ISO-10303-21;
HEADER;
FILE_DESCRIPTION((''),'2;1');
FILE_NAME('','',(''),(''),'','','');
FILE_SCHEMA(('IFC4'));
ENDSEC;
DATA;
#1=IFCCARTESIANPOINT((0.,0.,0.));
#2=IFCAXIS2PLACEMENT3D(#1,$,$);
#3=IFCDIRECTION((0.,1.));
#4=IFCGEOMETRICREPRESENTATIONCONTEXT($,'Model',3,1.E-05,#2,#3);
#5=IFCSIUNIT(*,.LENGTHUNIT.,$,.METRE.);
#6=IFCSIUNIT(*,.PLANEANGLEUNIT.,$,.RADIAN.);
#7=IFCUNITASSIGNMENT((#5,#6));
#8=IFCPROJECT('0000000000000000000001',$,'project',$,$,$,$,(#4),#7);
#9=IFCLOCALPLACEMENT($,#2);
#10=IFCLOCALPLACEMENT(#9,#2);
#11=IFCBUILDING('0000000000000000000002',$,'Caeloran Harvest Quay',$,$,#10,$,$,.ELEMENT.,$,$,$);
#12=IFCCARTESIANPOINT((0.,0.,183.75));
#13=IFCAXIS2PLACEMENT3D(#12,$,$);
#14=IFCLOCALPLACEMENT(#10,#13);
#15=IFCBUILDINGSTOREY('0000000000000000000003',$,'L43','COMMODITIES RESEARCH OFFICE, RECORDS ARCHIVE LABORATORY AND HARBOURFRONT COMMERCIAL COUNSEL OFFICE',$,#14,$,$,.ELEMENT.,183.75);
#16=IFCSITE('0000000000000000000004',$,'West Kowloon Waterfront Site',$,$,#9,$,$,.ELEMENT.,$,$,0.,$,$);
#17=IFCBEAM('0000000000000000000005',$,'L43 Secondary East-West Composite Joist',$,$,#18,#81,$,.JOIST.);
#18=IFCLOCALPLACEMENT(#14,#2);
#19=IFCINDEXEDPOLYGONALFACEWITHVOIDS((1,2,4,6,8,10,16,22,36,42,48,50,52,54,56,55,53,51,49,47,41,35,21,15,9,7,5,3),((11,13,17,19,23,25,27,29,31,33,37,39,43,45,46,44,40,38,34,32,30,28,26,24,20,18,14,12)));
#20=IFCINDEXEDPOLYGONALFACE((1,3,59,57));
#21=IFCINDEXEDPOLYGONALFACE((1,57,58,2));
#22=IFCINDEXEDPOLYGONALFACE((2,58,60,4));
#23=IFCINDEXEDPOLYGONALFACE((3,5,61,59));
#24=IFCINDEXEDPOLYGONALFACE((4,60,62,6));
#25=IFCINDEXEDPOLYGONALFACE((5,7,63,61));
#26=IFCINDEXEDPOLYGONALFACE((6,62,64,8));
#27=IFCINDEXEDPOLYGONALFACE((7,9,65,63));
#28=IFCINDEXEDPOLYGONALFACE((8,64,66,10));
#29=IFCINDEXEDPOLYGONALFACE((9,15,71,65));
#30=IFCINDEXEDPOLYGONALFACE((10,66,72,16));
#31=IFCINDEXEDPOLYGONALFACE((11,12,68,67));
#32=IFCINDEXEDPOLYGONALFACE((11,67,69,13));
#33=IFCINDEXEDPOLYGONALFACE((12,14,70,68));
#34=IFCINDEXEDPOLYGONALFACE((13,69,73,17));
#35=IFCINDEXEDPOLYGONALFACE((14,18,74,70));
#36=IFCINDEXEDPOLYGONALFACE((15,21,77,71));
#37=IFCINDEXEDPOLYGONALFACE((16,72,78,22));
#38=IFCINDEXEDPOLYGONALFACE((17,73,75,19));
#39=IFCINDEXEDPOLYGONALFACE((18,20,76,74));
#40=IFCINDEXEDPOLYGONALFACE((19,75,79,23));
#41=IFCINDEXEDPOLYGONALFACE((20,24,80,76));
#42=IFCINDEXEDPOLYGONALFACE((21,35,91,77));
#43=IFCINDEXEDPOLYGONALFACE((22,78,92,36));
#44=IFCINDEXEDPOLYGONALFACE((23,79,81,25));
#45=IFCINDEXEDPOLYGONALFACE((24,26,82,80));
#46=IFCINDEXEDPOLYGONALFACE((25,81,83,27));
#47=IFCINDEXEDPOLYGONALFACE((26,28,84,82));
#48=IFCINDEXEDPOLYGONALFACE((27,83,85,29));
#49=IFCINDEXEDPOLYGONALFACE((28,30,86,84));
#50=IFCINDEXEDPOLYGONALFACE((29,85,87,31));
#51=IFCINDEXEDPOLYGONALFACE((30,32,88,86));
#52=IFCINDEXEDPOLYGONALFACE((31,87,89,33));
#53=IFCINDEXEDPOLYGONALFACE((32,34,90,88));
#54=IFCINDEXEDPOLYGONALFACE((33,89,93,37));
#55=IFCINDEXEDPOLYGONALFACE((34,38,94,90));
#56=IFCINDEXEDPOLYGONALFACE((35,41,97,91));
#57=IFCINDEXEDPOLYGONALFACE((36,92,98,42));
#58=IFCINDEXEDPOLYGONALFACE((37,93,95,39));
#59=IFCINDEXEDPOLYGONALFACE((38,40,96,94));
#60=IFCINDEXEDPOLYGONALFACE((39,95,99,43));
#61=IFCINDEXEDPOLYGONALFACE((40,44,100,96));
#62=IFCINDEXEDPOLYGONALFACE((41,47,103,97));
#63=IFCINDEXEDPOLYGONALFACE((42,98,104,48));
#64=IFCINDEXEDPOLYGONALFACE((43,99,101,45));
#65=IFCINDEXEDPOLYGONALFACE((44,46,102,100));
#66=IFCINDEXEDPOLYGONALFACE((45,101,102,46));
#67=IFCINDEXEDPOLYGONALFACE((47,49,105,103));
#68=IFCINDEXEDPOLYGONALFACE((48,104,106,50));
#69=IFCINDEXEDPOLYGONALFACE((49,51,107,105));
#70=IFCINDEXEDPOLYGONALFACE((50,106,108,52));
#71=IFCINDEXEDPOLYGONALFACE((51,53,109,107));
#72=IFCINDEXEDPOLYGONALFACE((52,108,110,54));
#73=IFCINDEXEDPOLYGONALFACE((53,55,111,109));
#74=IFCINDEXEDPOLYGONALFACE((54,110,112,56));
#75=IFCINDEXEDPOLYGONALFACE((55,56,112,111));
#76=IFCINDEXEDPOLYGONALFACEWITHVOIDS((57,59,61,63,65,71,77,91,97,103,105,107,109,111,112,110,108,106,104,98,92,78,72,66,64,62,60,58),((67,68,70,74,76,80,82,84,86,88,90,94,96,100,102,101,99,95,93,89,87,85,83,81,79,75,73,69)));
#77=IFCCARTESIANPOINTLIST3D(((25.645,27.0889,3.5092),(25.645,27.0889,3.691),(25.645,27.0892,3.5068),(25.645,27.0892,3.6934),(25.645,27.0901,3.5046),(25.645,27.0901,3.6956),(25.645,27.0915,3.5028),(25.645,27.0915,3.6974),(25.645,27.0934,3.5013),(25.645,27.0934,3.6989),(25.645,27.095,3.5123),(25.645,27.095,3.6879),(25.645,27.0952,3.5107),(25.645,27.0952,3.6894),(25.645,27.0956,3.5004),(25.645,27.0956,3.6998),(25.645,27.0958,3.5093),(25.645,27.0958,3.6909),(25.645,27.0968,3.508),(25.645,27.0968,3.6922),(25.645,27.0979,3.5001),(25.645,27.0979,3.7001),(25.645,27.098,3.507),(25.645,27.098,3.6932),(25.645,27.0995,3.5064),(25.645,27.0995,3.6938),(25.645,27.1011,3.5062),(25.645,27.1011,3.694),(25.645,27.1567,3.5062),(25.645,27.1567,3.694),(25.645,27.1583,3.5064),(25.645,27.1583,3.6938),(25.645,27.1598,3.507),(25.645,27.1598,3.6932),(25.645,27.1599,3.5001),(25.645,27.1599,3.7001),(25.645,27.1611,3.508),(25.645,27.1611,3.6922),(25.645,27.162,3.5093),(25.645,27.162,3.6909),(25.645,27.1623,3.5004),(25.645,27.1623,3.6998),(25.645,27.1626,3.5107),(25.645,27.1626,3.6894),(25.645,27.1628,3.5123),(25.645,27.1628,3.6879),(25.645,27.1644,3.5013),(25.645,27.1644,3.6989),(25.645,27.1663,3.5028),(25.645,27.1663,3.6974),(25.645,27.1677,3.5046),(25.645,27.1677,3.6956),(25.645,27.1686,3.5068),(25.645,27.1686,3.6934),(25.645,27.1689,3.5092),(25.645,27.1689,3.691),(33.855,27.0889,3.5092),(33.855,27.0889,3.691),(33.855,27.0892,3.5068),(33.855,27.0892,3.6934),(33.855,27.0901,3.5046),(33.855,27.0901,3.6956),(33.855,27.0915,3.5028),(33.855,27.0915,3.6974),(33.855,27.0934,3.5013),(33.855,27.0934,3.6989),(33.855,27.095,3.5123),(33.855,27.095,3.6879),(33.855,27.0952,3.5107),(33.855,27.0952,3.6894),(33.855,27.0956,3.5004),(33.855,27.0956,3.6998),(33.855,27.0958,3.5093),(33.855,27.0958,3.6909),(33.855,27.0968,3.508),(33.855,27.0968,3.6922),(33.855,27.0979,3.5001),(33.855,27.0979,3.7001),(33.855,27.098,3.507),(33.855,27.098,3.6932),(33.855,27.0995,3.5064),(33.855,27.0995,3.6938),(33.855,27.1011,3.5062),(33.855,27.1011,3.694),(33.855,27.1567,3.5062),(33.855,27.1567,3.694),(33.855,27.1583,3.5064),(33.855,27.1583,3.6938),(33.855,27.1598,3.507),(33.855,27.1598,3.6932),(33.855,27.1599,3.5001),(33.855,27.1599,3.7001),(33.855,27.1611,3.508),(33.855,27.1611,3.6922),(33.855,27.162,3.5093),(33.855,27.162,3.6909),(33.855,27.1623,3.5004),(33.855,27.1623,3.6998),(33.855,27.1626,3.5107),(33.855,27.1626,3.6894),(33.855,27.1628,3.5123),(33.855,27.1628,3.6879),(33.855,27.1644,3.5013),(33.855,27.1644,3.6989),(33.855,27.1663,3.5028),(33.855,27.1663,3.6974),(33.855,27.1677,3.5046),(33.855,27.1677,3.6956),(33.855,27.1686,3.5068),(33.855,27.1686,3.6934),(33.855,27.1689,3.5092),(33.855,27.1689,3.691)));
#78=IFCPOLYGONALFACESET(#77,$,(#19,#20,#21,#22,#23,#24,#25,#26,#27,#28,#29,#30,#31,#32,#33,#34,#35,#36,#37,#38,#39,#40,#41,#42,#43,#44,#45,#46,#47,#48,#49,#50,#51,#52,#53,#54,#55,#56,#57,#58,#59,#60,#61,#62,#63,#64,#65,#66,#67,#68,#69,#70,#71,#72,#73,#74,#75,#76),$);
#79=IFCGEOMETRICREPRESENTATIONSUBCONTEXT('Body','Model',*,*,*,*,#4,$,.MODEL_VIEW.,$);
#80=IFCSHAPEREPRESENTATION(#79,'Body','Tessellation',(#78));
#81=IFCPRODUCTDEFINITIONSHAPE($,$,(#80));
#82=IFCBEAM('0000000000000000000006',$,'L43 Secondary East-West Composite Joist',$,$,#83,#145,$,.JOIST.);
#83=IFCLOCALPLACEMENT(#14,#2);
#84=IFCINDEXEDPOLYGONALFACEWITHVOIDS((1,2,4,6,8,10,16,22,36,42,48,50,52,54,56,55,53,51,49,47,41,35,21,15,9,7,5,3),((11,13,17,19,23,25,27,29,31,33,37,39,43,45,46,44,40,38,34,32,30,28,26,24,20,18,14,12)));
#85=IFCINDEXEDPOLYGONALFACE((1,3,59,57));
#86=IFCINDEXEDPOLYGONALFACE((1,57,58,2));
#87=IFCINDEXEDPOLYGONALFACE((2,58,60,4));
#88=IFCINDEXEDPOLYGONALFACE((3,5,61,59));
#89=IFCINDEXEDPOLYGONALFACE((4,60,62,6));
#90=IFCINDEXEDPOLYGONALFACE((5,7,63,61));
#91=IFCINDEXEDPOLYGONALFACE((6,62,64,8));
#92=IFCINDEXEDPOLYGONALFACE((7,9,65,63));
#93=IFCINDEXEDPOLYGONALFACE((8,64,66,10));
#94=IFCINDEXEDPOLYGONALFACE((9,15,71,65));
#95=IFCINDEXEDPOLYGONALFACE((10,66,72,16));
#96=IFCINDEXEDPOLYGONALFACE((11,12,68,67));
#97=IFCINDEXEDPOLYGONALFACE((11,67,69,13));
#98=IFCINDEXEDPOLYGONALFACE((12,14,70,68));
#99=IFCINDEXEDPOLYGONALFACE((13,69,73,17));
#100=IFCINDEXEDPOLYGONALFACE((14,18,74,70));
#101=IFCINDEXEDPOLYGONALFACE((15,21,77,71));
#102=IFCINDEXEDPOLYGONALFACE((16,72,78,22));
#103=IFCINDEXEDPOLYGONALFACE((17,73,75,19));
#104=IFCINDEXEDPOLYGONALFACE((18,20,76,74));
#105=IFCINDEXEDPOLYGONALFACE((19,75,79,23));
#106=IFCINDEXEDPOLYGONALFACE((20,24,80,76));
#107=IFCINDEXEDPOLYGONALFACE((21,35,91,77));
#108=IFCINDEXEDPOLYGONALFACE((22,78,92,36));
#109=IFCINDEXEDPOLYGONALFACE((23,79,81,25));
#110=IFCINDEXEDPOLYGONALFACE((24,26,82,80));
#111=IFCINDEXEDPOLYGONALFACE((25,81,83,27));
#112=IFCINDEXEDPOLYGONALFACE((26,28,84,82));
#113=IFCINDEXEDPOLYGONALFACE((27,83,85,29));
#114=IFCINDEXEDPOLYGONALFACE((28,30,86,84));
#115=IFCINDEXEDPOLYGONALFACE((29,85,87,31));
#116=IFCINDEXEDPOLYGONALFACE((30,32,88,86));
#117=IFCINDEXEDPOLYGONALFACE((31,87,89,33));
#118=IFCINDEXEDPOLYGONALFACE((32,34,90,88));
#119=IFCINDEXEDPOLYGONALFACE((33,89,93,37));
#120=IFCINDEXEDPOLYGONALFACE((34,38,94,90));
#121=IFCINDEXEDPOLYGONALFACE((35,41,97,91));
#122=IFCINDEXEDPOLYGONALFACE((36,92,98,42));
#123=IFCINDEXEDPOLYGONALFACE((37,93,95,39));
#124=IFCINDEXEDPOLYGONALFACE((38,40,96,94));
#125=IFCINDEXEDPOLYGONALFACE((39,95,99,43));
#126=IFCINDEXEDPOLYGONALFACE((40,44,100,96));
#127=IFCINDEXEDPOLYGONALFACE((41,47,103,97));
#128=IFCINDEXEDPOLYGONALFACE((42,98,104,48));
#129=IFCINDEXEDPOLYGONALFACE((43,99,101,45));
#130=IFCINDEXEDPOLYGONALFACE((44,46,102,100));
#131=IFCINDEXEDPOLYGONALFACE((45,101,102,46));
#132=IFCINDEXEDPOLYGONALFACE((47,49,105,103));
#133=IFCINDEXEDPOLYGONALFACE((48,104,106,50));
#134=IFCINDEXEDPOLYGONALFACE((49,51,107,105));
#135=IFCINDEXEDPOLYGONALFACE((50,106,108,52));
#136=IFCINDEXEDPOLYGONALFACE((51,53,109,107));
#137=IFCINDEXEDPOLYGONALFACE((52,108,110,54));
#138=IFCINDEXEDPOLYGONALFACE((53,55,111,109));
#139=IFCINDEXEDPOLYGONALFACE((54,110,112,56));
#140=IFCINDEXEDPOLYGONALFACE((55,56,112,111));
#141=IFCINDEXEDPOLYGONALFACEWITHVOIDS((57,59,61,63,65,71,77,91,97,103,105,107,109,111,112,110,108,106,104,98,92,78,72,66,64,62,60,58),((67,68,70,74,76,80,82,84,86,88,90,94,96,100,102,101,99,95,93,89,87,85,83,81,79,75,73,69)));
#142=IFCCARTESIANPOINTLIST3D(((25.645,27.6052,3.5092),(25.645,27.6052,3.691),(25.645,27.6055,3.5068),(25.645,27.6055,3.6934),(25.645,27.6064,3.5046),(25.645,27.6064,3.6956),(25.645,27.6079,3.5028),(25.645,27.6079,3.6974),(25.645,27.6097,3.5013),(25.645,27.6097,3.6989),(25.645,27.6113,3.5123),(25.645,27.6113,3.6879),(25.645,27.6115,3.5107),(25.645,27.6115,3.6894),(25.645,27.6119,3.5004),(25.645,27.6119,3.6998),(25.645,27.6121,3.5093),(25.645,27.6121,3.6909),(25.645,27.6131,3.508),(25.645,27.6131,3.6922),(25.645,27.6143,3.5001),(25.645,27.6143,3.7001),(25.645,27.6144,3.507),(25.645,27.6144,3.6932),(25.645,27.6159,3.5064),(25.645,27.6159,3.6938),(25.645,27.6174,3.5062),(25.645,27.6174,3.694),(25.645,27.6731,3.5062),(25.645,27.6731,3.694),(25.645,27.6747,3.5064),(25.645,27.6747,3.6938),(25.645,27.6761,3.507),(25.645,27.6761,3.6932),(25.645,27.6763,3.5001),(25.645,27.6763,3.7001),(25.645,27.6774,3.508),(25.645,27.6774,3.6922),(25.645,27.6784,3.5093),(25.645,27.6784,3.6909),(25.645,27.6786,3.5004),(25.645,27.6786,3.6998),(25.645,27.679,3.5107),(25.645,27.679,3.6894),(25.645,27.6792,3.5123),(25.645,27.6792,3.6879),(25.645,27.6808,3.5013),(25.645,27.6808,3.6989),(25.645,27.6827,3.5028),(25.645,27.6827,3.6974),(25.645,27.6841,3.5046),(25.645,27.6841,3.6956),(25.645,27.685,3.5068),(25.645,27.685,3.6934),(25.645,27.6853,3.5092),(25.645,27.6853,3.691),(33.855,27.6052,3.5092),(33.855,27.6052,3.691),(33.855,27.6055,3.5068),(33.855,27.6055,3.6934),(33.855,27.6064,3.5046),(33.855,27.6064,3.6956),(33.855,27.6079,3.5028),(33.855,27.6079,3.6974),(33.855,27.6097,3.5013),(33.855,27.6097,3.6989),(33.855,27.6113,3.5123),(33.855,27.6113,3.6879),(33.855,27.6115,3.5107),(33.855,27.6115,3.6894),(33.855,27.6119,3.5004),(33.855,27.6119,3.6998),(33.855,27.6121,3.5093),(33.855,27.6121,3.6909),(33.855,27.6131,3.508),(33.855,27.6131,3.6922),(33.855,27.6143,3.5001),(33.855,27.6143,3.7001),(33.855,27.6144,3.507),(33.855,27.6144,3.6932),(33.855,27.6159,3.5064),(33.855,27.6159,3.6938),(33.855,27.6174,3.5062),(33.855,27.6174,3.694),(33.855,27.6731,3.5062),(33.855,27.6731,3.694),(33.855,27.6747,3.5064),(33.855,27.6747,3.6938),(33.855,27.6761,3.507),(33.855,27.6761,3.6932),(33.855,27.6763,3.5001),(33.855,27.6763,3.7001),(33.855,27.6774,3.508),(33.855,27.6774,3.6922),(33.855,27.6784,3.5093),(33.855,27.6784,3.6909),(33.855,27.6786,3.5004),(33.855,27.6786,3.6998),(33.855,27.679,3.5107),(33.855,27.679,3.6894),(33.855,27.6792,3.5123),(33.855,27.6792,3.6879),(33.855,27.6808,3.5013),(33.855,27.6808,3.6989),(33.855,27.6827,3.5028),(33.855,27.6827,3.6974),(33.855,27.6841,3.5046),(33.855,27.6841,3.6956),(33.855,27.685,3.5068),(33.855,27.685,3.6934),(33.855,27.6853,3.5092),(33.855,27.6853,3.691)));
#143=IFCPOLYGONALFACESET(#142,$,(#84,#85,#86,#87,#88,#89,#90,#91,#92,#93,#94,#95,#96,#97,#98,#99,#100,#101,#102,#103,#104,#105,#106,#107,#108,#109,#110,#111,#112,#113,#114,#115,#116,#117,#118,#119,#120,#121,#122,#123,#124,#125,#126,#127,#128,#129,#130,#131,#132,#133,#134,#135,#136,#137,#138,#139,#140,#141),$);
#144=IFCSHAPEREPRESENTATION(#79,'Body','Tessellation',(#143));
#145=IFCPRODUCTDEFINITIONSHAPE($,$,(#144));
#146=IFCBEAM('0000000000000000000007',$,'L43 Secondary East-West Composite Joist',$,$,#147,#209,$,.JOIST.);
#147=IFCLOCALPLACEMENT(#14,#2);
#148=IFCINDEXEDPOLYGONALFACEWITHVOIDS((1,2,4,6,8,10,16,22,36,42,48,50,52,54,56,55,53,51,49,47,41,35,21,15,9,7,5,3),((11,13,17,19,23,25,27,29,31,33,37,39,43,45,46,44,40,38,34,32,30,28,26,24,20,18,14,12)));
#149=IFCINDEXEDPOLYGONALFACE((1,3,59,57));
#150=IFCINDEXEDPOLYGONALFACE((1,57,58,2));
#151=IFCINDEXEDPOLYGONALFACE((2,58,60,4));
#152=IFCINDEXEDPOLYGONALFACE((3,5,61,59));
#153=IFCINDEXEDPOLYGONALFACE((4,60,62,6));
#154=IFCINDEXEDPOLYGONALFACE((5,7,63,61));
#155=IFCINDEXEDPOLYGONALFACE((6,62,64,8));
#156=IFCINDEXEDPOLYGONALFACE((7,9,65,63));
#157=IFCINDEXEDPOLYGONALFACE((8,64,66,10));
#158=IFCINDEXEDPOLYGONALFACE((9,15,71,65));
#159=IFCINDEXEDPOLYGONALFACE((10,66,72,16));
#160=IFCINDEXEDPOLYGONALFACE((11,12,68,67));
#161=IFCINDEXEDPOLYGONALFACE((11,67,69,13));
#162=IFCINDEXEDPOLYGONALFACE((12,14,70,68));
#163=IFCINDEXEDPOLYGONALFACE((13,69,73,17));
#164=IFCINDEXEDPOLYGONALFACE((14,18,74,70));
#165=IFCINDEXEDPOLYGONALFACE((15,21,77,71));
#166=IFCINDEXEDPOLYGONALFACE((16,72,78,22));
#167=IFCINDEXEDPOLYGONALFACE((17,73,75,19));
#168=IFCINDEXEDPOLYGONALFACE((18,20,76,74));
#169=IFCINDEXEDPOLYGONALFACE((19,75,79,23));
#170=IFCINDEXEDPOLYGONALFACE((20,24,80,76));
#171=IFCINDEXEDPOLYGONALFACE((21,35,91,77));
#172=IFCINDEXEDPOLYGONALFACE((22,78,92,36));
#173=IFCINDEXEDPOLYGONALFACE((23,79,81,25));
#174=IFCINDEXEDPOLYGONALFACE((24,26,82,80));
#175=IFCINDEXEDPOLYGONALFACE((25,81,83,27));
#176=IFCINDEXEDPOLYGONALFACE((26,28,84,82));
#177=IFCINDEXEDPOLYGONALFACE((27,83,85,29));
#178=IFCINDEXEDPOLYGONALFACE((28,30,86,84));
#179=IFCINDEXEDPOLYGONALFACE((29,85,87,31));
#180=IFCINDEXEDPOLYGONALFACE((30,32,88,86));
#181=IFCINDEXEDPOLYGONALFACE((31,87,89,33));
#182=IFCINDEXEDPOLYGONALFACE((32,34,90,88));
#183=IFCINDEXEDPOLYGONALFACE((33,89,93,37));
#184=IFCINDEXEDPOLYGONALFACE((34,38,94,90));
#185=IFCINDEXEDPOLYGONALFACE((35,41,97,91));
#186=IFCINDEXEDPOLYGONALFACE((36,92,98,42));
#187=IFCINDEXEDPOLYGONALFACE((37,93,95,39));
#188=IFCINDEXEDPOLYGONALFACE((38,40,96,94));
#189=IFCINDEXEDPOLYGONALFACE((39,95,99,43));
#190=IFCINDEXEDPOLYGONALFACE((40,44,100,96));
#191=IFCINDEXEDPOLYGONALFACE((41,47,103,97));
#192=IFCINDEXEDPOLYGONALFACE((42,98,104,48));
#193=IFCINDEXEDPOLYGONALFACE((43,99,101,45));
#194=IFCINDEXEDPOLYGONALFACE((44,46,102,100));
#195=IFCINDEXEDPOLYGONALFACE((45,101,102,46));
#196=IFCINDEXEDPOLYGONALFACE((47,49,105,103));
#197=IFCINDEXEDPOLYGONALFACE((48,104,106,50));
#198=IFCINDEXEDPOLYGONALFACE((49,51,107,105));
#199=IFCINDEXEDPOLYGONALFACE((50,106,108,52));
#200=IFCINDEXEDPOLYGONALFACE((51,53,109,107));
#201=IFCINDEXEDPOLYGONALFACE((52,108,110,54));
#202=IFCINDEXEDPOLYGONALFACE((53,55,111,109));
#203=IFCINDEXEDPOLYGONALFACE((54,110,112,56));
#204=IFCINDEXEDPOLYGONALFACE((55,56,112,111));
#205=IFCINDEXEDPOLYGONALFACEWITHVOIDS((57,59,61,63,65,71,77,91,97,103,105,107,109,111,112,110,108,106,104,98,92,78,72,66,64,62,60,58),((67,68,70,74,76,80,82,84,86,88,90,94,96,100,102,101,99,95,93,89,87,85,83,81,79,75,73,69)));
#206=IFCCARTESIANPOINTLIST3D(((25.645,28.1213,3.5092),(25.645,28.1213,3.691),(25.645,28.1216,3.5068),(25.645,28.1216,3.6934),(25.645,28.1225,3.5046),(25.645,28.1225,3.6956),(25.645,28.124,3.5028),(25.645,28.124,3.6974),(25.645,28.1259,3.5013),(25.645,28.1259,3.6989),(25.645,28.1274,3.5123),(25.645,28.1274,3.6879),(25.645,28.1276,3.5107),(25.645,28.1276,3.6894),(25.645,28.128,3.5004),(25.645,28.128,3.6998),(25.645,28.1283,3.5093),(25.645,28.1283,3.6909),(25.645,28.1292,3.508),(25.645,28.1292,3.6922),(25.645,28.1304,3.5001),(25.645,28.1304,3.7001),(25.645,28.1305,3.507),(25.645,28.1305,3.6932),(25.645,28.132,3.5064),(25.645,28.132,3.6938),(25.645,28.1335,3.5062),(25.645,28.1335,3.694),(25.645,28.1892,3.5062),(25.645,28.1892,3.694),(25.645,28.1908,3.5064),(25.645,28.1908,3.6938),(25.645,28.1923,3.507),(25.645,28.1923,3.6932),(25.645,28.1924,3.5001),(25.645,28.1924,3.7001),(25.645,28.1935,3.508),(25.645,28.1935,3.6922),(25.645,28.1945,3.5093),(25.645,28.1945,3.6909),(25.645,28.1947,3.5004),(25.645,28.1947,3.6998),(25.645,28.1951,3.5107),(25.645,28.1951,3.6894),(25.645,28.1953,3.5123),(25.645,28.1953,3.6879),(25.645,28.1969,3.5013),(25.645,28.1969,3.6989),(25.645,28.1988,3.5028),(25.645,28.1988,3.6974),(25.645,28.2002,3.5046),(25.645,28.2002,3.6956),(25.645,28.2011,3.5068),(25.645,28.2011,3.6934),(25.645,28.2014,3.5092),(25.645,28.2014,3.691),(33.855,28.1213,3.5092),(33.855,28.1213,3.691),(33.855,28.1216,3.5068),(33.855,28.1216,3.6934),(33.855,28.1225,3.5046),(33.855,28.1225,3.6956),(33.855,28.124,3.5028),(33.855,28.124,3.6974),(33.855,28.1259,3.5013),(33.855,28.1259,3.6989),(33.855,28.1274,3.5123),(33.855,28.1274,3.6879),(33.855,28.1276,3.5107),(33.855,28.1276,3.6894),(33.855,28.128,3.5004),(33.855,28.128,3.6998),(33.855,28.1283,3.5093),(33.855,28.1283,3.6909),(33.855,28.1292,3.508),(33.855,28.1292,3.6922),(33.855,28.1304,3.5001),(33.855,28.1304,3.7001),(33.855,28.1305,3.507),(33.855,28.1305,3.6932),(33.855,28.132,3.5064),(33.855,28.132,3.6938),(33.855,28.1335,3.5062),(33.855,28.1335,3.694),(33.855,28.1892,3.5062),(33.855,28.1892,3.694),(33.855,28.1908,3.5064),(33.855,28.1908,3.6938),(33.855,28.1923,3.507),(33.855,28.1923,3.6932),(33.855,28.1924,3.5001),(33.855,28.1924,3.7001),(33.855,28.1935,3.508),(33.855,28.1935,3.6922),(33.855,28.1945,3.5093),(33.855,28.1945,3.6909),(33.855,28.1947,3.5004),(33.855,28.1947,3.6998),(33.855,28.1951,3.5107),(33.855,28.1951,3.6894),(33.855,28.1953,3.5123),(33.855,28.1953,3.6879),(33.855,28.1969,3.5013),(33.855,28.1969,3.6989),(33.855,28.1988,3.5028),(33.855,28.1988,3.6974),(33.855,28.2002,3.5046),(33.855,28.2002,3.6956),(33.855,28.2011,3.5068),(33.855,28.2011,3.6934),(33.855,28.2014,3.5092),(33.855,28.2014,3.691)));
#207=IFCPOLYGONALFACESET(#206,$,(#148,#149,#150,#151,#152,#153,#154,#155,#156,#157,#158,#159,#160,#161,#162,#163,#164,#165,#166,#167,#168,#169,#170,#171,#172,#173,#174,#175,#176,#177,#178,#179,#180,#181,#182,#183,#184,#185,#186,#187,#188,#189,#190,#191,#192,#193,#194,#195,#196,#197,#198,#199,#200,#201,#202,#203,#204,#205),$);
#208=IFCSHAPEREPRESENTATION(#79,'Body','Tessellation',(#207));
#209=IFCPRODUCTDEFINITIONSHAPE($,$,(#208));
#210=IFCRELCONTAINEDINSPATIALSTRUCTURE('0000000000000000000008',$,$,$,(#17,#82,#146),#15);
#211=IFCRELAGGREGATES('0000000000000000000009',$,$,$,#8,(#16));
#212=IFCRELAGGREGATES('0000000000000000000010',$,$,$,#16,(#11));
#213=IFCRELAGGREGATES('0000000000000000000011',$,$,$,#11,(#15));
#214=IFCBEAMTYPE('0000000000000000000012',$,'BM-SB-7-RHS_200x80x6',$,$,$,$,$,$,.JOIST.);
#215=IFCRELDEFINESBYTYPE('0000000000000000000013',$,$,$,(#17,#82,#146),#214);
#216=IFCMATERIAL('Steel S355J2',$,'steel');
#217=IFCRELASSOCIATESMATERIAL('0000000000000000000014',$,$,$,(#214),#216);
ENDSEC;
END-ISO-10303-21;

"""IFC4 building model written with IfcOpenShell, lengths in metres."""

from ifc_helpers import new_model, si_unit, direction, frame, origin, origin_2d, place, context, subcontext, project, spatial, hollow_rectangle, extrude, material, material_profile, profile_set, type_object, element, save


model = new_model("IFC4")

# Units and contexts
model_context = context("Model", 3, precision=1e-05, world=origin(), true_north=direction((0.0, 1.0)))
body_context = subcontext(model_context, "Body", "Model", "MODEL_VIEW")
ifc_project = project(units=[si_unit("LENGTHUNIT", "METRE"), si_unit("PLANEANGLEUNIT", "RADIAN")], contexts=[model_context])

# Site, building, storey
site_placement = place(None, origin())
site = spatial("IfcSite", under=ifc_project, at=site_placement, Name="West Kowloon Waterfront Site", CompositionType="ELEMENT", RefElevation=0.0)
building_placement = place(site_placement, origin())
building = spatial("IfcBuilding", under=site, at=building_placement, Name="Caeloran Harvest Quay", CompositionType="ELEMENT")
storey_placement = place(building_placement, frame((0.0, 0.0, 183.75)))
storey = spatial("IfcBuildingStorey", under=building, at=storey_placement, Name="L43", Description="COMMODITIES RESEARCH OFFICE, RECORDS ARCHIVE LABORATORY AND HARBOURFRONT COMMERCIAL COUNSEL OFFICE", CompositionType="ELEMENT", Elevation=183.75)

# Beams
ifc_material = material(Name="Steel S355J2", Category="steel")
ifc_material_profile_1 = material_profile(ifc_material, hollow_rectangle(XDim=0.0801, YDim=0.2, WallThickness=0.0061, InnerFilletRadius=0.0061, OuterFilletRadius=0.009, at=origin_2d()), Name="RHS 200x80x6")
ifc_profile_set_1 = profile_set([ifc_material_profile_1], Name="Steel S355J2")
beam_type_1 = type_object("IfcBeamType", Name="BM-SB-7-RHS_200x80x6", PredefinedType="JOIST", material=ifc_profile_set_1)
for number, where, z_axis, x_axis, name in (
    (1, (25.645, 27.1289, 3.6001), (1.0, 0.0, 0.0), (0.0, 1.0, 0.0), "L43 Secondary East-West Composite Joist"),
    (2, (25.645, 27.6453, 3.6001), (1.0, 0.0, 0.0), (0.0, 1.0, 0.0), "L43 Secondary East-West Composite Joist"),
    (3, (25.645, 28.1614, 3.6001), (1.0, 0.0, 0.0), (0.0, 1.0, 0.0), "L43 Secondary East-West Composite Joist"),
):
    element("IfcBeam", number, at=place(storey_placement, frame(where, z_axis=z_axis, x_axis=x_axis)), inside=storey, type_object=beam_type_1, Name=name, PredefinedType="JOIST", context=body_context, shape_type="SweptSolid", body=[
        extrude(hollow_rectangle(XDim=0.0801, YDim=0.2, WallThickness=0.0061, InnerFilletRadius=0.0061, OuterFilletRadius=0.009, at=origin_2d()), origin(), (0.0, 0.0, 1.0), 8.21),
    ])

save(model, "model.ifc")
